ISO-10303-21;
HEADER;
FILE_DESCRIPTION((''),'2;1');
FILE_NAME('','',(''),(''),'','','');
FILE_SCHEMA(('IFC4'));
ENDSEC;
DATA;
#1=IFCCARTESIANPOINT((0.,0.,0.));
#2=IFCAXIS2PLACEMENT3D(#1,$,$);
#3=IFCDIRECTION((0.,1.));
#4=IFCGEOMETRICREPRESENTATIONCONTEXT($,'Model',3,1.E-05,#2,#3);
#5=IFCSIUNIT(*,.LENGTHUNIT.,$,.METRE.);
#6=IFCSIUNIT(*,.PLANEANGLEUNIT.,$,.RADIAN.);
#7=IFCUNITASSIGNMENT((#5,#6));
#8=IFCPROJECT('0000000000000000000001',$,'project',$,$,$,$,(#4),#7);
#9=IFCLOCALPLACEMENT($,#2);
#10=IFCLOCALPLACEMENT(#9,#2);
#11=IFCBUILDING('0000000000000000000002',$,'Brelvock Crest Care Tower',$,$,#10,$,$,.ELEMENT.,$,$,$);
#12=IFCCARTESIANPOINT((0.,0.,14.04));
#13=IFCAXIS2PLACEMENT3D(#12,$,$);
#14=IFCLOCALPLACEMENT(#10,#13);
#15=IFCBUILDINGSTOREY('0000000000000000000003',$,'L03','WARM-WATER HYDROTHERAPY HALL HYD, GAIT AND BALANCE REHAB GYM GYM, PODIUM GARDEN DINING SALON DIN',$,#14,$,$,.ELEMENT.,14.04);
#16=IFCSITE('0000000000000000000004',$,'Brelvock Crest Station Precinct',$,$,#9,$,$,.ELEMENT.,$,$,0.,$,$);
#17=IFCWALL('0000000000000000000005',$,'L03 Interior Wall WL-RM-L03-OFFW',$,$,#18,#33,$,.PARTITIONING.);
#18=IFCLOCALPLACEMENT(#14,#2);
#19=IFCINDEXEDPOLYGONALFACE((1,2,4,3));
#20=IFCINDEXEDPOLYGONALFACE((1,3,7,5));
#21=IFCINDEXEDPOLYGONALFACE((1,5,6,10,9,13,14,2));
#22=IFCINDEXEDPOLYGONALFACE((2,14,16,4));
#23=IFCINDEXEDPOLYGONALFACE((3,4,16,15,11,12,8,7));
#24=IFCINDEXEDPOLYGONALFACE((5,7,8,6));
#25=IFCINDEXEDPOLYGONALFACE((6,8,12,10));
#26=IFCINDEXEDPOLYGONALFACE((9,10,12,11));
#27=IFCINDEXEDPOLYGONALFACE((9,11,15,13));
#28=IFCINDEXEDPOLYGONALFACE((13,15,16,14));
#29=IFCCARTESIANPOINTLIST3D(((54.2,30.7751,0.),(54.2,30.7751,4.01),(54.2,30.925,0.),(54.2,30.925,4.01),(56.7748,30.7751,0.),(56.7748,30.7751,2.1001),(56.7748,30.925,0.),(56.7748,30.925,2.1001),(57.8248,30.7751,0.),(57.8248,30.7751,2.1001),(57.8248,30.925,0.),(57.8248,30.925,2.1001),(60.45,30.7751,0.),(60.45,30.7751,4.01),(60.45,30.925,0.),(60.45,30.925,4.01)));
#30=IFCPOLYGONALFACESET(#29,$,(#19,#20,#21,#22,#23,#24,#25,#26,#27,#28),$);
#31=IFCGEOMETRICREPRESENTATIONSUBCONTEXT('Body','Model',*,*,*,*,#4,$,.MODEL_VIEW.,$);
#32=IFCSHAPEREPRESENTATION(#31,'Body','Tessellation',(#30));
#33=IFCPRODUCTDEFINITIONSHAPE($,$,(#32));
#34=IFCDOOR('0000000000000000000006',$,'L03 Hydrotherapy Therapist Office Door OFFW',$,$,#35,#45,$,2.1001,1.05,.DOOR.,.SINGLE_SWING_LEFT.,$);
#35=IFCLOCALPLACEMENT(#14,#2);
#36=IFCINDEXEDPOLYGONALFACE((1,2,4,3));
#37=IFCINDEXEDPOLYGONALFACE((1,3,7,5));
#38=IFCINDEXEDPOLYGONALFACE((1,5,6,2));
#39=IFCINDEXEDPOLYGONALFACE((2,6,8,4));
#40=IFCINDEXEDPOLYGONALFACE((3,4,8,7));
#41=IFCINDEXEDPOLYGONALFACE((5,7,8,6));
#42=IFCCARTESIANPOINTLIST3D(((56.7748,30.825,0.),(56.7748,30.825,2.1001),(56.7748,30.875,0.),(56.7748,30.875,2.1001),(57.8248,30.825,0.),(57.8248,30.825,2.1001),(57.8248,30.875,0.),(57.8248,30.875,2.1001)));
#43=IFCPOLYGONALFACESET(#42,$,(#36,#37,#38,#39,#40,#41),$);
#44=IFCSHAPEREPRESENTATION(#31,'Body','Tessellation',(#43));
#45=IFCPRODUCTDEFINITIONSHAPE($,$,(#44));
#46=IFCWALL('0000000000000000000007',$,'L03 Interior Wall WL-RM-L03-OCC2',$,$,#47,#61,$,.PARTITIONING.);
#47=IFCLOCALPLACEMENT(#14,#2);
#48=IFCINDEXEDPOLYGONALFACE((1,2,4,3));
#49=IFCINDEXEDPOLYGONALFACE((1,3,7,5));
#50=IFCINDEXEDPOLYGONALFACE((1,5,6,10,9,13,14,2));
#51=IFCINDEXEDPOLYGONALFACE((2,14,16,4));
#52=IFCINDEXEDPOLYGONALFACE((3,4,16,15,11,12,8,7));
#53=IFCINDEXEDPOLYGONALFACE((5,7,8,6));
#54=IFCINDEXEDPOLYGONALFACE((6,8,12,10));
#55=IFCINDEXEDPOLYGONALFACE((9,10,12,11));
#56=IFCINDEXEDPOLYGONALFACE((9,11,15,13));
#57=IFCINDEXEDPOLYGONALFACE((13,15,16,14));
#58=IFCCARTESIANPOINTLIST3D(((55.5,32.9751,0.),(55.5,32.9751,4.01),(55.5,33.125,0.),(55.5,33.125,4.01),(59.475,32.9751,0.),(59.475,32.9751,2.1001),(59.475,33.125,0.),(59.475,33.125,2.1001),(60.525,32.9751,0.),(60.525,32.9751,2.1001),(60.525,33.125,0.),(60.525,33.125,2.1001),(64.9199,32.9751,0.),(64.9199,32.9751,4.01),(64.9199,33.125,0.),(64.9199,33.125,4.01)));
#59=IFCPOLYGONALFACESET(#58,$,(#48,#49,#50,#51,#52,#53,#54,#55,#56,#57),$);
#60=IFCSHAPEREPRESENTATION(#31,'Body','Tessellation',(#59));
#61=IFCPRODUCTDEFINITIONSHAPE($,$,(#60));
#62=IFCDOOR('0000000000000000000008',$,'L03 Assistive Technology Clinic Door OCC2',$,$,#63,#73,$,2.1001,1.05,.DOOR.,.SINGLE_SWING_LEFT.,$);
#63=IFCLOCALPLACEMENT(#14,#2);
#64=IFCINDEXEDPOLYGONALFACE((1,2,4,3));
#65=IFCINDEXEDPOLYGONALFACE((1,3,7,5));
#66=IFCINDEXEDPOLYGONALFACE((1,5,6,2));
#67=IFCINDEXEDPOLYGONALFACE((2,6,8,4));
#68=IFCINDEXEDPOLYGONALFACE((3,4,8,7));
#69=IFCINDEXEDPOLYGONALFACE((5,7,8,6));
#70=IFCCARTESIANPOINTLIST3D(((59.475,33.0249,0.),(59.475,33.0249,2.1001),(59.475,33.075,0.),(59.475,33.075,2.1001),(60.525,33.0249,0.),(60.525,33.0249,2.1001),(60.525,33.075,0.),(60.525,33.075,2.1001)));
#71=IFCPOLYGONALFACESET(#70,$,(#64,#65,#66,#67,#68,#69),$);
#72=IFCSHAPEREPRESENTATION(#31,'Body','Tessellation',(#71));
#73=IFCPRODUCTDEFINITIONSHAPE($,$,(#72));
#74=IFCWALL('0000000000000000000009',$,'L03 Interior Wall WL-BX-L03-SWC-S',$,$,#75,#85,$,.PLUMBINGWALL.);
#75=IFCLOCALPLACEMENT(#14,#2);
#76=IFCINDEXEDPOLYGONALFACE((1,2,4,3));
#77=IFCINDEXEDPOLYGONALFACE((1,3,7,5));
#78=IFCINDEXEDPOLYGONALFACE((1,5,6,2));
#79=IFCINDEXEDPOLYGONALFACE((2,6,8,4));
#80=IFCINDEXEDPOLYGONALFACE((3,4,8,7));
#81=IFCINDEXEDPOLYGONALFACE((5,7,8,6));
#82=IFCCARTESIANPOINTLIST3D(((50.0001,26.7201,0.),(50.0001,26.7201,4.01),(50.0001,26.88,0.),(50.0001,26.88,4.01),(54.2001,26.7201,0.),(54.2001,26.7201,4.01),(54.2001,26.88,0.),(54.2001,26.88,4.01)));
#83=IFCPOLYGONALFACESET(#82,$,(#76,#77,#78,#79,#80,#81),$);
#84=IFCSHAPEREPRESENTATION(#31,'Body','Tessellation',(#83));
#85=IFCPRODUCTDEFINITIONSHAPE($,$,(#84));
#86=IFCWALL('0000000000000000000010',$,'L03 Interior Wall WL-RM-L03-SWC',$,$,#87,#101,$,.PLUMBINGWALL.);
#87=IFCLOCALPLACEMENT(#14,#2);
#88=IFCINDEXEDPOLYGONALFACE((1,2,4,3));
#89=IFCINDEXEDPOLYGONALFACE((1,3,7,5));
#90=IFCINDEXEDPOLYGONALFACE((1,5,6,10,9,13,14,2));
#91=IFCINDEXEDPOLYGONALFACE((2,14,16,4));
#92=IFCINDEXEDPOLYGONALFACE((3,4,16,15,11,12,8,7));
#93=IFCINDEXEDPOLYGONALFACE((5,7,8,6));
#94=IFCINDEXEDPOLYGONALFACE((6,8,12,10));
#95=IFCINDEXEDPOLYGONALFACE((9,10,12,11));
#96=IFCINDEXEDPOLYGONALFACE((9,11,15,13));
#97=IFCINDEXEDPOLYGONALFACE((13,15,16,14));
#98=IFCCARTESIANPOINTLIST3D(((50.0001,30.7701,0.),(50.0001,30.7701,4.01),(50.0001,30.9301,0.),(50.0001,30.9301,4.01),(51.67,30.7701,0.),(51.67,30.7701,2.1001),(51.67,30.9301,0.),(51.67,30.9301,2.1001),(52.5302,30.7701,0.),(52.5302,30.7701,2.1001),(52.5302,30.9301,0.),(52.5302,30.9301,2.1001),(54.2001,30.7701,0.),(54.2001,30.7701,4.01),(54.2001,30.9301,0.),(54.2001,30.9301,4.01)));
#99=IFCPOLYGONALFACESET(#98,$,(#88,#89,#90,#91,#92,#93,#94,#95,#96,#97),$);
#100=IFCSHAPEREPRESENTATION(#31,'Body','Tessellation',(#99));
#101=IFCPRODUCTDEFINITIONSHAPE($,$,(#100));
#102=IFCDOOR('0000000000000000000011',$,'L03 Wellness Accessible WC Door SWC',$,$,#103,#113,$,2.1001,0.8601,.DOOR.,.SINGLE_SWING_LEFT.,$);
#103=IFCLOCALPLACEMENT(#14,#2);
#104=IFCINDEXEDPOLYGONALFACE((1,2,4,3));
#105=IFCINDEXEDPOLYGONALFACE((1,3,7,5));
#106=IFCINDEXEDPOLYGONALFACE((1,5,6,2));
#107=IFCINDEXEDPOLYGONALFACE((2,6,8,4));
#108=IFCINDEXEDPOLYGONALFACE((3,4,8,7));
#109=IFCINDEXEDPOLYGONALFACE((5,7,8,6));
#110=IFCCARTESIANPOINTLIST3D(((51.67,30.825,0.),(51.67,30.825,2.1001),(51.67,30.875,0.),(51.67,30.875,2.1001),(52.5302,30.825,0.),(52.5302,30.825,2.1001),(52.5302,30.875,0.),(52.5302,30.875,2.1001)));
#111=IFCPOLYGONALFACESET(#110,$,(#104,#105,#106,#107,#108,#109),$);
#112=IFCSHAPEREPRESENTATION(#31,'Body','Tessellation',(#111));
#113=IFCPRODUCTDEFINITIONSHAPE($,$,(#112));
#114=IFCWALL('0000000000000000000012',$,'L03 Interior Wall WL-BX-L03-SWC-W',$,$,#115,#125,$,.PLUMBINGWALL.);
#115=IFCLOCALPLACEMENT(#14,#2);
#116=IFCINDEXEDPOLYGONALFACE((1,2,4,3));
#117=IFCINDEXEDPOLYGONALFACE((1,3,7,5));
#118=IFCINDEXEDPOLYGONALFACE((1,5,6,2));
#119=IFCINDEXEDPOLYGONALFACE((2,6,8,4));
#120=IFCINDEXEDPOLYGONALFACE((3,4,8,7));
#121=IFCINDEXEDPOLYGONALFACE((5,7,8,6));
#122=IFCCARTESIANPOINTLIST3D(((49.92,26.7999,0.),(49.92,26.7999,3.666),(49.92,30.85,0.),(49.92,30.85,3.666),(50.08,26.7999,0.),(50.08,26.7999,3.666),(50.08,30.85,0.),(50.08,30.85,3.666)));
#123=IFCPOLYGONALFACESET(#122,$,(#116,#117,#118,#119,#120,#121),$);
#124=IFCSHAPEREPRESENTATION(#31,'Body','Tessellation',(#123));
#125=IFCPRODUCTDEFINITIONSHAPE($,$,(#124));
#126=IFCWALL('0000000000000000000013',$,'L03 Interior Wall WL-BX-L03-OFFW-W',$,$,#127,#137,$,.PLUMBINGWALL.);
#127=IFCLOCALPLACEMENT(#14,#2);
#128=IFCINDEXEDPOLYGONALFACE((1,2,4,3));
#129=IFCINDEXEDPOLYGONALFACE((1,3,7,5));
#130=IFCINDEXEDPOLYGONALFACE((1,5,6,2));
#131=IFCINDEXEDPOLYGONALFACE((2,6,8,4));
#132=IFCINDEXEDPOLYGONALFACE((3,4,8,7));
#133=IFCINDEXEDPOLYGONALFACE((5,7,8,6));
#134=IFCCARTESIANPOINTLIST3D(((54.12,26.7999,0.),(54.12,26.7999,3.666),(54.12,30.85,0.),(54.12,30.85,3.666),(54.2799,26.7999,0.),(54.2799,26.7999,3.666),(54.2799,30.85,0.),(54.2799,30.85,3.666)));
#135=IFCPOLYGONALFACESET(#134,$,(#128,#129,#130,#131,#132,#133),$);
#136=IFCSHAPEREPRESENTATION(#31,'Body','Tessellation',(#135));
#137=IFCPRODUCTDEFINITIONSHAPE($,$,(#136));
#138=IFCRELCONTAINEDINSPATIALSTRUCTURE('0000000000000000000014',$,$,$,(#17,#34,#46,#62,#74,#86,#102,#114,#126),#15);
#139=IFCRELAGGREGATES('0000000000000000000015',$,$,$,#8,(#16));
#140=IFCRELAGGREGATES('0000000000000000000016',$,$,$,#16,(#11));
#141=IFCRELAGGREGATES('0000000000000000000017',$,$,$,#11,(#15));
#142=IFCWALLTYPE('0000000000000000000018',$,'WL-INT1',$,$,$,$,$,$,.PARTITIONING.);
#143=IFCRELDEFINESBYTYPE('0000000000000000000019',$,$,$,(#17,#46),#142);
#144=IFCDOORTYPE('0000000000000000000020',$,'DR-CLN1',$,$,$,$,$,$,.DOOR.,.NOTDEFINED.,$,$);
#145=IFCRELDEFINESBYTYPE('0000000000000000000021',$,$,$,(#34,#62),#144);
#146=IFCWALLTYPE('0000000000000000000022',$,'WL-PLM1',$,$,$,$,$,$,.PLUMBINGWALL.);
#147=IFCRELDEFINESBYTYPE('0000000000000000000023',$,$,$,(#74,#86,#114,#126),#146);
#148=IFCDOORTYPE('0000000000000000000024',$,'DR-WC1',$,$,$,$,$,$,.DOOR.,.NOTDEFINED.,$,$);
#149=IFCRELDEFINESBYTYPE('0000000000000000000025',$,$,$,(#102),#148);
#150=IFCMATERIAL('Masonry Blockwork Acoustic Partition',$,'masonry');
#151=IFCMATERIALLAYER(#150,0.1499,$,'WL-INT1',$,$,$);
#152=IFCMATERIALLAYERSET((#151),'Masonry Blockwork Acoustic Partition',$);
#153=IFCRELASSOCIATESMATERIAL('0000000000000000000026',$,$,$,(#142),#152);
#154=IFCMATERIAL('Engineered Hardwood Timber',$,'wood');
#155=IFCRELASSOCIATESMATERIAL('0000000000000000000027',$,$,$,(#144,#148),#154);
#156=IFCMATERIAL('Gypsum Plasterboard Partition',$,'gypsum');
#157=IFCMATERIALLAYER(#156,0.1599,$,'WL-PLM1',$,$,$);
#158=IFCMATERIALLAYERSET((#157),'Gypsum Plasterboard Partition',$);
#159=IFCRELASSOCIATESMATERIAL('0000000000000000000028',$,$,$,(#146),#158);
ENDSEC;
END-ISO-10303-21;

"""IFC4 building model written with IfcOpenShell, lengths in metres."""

from ifc_helpers import new_model, si_unit, direction, frame, frame_2d, origin, origin_2d, place, context, subcontext, project, spatial, rectangle, extrude, source, transform, mapped, material, layer, layer_set, type_object, element, fill, save


model = new_model("IFC4")

# Units and contexts
model_context = context("Model", 3, precision=1e-05, world=origin(), true_north=direction((0.0, 1.0)))
body_context = subcontext(model_context, "Body", "Model", "MODEL_VIEW")
ifc_project = project(units=[si_unit("LENGTHUNIT", "METRE"), si_unit("PLANEANGLEUNIT", "RADIAN")], contexts=[model_context])

# Site, building, storey
site_placement = place(None, origin())
site = spatial("IfcSite", under=ifc_project, at=site_placement, Name="Brelvock Crest Station Precinct", CompositionType="ELEMENT", RefElevation=0.0)
building_placement = place(site_placement, origin())
building = spatial("IfcBuilding", under=site, at=building_placement, Name="Brelvock Crest Care Tower", CompositionType="ELEMENT")
storey_placement = place(building_placement, frame((0.0, 0.0, 14.04)))
storey = spatial("IfcBuildingStorey", under=building, at=storey_placement, Name="L03", Description="WARM-WATER HYDROTHERAPY HALL HYD, GAIT AND BALANCE REHAB GYM GYM, PODIUM GARDEN DINING SALON DIN", CompositionType="ELEMENT", Elevation=14.04)

# Shared definitions
ifc_material_1 = material(Name="Masonry Blockwork Acoustic Partition", Category="masonry")
ifc_layer_1 = layer(ifc_material_1, 0.1499, Name="WL-INT1")
ifc_layer_set_1 = layer_set([ifc_layer_1], Name="Masonry Blockwork Acoustic Partition")
wall_type_1 = type_object("IfcWallType", Name="WL-INT1", PredefinedType="PARTITIONING", material=ifc_layer_set_1)

# Walls, openings, doors
wall_1_placement = place(storey_placement, frame((54.2, 30.8501, 0.0), z_axis=(0.0, 0.0, 1.0), x_axis=(1.0, 0.0, 0.0)))
wall_1 = element("IfcWall", 1, at=wall_1_placement, inside=storey, type_object=wall_type_1, Name="L03 Interior Wall WL-RM-L03-OFFW", PredefinedType="PARTITIONING", context=body_context, shape_type="SweptSolid", body=[
    extrude(rectangle(XDim=6.25, YDim=0.1499, at=frame_2d((3.125, 0.0))), origin(), (0.0, 0.0, 1.0), 4.01),
])
opening_1_placement = place(wall_1_placement, frame((2.575, 0.0, 0.0)))
opening_1 = element("IfcOpeningElement", 2, at=opening_1_placement, cuts=wall_1, PredefinedType="OPENING", context=body_context, shape_type="SweptSolid", body=[
    extrude(rectangle(XDim=1.05, YDim=2.1001, at=origin_2d()), frame((0.5249, 0.085, 1.05), z_axis=(0.0, -1.0, 0.0), x_axis=(1.0, 0.0, 0.0)), (0.0, 0.0, 1.0), 0.1699),
])
ifc_material_2 = material(Name="Engineered Hardwood Timber", Category="wood")
door_type_1 = type_object("IfcDoorType", Name="DR-CLN1", OperationType="NOTDEFINED", PredefinedType="DOOR", material=ifc_material_2)
shared_shape_1 = source(origin(), body_context, "Body", "SweptSolid", [
    extrude(rectangle(XDim=1.05, YDim=2.1001, at=origin_2d()), frame((0.5249, 0.0249, 1.05), z_axis=(0.0, -1.0, 0.0), x_axis=(1.0, 0.0, 0.0)), (0.0, 0.0, 1.0), 0.05),
])
door_1_placement = place(opening_1_placement, origin())
door_1 = element("IfcDoor", 3, at=door_1_placement, inside=storey, type_object=door_type_1, Name="L03 Hydrotherapy Therapist Office Door OFFW", OperationType="SINGLE_SWING_LEFT", OverallHeight=2.1001, OverallWidth=1.05, PredefinedType="DOOR", context=body_context, shape_type="MappedRepresentation", body=[
    mapped(shared_shape_1, transform((0.0, 0.0, 0.0), x_axis=(1.0, 0.0, 0.0), y_axis=(0.0, 1.0, 0.0), z_axis=(0.0, 0.0, 1.0), scale=1.0)),
])
fill(opening_1, door_1)
wall_2_placement = place(storey_placement, frame((55.5, 33.05, 0.0), z_axis=(0.0, 0.0, 1.0), x_axis=(1.0, 0.0, 0.0)))
wall_2 = element("IfcWall", 4, at=wall_2_placement, inside=storey, type_object=wall_type_1, Name="L03 Interior Wall WL-RM-L03-OCC2", PredefinedType="PARTITIONING", context=body_context, shape_type="SweptSolid", body=[
    extrude(rectangle(XDim=9.4199, YDim=0.1499, at=frame_2d((4.71, 0.0))), origin(), (0.0, 0.0, 1.0), 4.01),
])
opening_2_placement = place(wall_2_placement, frame((3.9751, 0.0, 0.0)))
opening_2 = element("IfcOpeningElement", 5, at=opening_2_placement, cuts=wall_2, PredefinedType="OPENING", context=body_context, shape_type="SweptSolid", body=[
    extrude(rectangle(XDim=1.05, YDim=2.1001, at=origin_2d()), frame((0.5249, 0.085, 1.05), z_axis=(0.0, -1.0, 0.0), x_axis=(1.0, 0.0, 0.0)), (0.0, 0.0, 1.0), 0.1699),
])
door_2_placement = place(opening_2_placement, origin())
door_2 = element("IfcDoor", 6, at=door_2_placement, inside=storey, type_object=door_type_1, Name="L03 Assistive Technology Clinic Door OCC2", OperationType="SINGLE_SWING_LEFT", OverallHeight=2.1001, OverallWidth=1.05, PredefinedType="DOOR", context=body_context, shape_type="MappedRepresentation", body=[
    mapped(shared_shape_1, transform((0.0, 0.0, 0.0), x_axis=(1.0, 0.0, 0.0), y_axis=(0.0, 1.0, 0.0), z_axis=(0.0, 0.0, 1.0), scale=1.0)),
])
fill(opening_2, door_2)

# Wall
ifc_material_3 = material(Name="Gypsum Plasterboard Partition", Category="gypsum")
ifc_layer_2 = layer(ifc_material_3, 0.1599, Name="WL-PLM1")
ifc_layer_set_2 = layer_set([ifc_layer_2], Name="Gypsum Plasterboard Partition")
wall_type_2 = type_object("IfcWallType", Name="WL-PLM1", PredefinedType="PLUMBINGWALL", material=ifc_layer_set_2)
wall_3_placement = place(storey_placement, frame((50.0, 26.8, 0.0), z_axis=(0.0, 0.0, 1.0), x_axis=(1.0, 0.0, 0.0)))
element("IfcWall", 7, at=wall_3_placement, inside=storey, type_object=wall_type_2, Name="L03 Interior Wall WL-BX-L03-SWC-S", PredefinedType="PLUMBINGWALL", context=body_context, shape_type="SweptSolid", body=[
    extrude(rectangle(XDim=4.2, YDim=0.1599, at=frame_2d((2.1001, 0.0))), origin(), (0.0, 0.0, 1.0), 4.01),
])

# Wall, opening, door
wall_4_placement = place(storey_placement, frame((50.0, 30.8501, 0.0), z_axis=(0.0, 0.0, 1.0), x_axis=(1.0, 0.0, 0.0)))
wall_4 = element("IfcWall", 8, at=wall_4_placement, inside=storey, type_object=wall_type_2, Name="L03 Interior Wall WL-RM-L03-SWC", PredefinedType="PLUMBINGWALL", context=body_context, shape_type="SweptSolid", body=[
    extrude(rectangle(XDim=4.2, YDim=0.1599, at=frame_2d((2.1001, 0.0))), origin(), (0.0, 0.0, 1.0), 4.01),
])
opening_3_placement = place(wall_4_placement, frame((1.6699, 0.0, 0.0)))
opening_3 = element("IfcOpeningElement", 9, at=opening_3_placement, cuts=wall_4, PredefinedType="OPENING", context=body_context, shape_type="SweptSolid", body=[
    extrude(rectangle(XDim=0.8601, YDim=2.1001, at=origin_2d()), frame((0.4302, 0.0898, 1.05), z_axis=(0.0, -1.0, 0.0), x_axis=(1.0, 0.0, 0.0)), (0.0, 0.0, 1.0), 0.1799),
])
door_type_2 = type_object("IfcDoorType", Name="DR-WC1", OperationType="NOTDEFINED", PredefinedType="DOOR", material=ifc_material_2)
shared_shape_2 = source(origin(), body_context, "Body", "SweptSolid", [
    extrude(rectangle(XDim=0.8601, YDim=2.1001, at=origin_2d()), frame((0.4302, 0.0249, 1.05), z_axis=(0.0, -1.0, 0.0), x_axis=(1.0, 0.0, 0.0)), (0.0, 0.0, 1.0), 0.05),
])
door_3_placement = place(opening_3_placement, origin())
door_3 = element("IfcDoor", 10, at=door_3_placement, inside=storey, type_object=door_type_2, Name="L03 Wellness Accessible WC Door SWC", OperationType="SINGLE_SWING_LEFT", OverallHeight=2.1001, OverallWidth=0.8601, PredefinedType="DOOR", context=body_context, shape_type="MappedRepresentation", body=[
    mapped(shared_shape_2, transform((0.0, 0.0, 0.0), x_axis=(1.0, 0.0, 0.0), y_axis=(0.0, 1.0, 0.0), z_axis=(0.0, 0.0, 1.0), scale=1.0)),
])
fill(opening_3, door_3)

# Walls
for number, where, z_axis, x_axis, name in (
    (11, (50.0, 26.8, 0.0), (0.0, 0.0, 1.0), (0.0, 1.0, 0.0), "L03 Interior Wall WL-BX-L03-SWC-W"),
    (12, (54.2, 26.8, 0.0), (0.0, 0.0, 1.0), (0.0, 1.0, 0.0), "L03 Interior Wall WL-BX-L03-OFFW-W"),
):
    element("IfcWall", number, at=place(storey_placement, frame(where, z_axis=z_axis, x_axis=x_axis)), inside=storey, type_object=wall_type_2, Name=name, PredefinedType="PLUMBINGWALL", context=body_context, shape_type="SweptSolid", body=[
        extrude(rectangle(XDim=4.05, YDim=0.1599, at=frame_2d((2.0249, 0.0))), origin(), (0.0, 0.0, 1.0), 3.666),
    ])

save(model, "model.ifc")
